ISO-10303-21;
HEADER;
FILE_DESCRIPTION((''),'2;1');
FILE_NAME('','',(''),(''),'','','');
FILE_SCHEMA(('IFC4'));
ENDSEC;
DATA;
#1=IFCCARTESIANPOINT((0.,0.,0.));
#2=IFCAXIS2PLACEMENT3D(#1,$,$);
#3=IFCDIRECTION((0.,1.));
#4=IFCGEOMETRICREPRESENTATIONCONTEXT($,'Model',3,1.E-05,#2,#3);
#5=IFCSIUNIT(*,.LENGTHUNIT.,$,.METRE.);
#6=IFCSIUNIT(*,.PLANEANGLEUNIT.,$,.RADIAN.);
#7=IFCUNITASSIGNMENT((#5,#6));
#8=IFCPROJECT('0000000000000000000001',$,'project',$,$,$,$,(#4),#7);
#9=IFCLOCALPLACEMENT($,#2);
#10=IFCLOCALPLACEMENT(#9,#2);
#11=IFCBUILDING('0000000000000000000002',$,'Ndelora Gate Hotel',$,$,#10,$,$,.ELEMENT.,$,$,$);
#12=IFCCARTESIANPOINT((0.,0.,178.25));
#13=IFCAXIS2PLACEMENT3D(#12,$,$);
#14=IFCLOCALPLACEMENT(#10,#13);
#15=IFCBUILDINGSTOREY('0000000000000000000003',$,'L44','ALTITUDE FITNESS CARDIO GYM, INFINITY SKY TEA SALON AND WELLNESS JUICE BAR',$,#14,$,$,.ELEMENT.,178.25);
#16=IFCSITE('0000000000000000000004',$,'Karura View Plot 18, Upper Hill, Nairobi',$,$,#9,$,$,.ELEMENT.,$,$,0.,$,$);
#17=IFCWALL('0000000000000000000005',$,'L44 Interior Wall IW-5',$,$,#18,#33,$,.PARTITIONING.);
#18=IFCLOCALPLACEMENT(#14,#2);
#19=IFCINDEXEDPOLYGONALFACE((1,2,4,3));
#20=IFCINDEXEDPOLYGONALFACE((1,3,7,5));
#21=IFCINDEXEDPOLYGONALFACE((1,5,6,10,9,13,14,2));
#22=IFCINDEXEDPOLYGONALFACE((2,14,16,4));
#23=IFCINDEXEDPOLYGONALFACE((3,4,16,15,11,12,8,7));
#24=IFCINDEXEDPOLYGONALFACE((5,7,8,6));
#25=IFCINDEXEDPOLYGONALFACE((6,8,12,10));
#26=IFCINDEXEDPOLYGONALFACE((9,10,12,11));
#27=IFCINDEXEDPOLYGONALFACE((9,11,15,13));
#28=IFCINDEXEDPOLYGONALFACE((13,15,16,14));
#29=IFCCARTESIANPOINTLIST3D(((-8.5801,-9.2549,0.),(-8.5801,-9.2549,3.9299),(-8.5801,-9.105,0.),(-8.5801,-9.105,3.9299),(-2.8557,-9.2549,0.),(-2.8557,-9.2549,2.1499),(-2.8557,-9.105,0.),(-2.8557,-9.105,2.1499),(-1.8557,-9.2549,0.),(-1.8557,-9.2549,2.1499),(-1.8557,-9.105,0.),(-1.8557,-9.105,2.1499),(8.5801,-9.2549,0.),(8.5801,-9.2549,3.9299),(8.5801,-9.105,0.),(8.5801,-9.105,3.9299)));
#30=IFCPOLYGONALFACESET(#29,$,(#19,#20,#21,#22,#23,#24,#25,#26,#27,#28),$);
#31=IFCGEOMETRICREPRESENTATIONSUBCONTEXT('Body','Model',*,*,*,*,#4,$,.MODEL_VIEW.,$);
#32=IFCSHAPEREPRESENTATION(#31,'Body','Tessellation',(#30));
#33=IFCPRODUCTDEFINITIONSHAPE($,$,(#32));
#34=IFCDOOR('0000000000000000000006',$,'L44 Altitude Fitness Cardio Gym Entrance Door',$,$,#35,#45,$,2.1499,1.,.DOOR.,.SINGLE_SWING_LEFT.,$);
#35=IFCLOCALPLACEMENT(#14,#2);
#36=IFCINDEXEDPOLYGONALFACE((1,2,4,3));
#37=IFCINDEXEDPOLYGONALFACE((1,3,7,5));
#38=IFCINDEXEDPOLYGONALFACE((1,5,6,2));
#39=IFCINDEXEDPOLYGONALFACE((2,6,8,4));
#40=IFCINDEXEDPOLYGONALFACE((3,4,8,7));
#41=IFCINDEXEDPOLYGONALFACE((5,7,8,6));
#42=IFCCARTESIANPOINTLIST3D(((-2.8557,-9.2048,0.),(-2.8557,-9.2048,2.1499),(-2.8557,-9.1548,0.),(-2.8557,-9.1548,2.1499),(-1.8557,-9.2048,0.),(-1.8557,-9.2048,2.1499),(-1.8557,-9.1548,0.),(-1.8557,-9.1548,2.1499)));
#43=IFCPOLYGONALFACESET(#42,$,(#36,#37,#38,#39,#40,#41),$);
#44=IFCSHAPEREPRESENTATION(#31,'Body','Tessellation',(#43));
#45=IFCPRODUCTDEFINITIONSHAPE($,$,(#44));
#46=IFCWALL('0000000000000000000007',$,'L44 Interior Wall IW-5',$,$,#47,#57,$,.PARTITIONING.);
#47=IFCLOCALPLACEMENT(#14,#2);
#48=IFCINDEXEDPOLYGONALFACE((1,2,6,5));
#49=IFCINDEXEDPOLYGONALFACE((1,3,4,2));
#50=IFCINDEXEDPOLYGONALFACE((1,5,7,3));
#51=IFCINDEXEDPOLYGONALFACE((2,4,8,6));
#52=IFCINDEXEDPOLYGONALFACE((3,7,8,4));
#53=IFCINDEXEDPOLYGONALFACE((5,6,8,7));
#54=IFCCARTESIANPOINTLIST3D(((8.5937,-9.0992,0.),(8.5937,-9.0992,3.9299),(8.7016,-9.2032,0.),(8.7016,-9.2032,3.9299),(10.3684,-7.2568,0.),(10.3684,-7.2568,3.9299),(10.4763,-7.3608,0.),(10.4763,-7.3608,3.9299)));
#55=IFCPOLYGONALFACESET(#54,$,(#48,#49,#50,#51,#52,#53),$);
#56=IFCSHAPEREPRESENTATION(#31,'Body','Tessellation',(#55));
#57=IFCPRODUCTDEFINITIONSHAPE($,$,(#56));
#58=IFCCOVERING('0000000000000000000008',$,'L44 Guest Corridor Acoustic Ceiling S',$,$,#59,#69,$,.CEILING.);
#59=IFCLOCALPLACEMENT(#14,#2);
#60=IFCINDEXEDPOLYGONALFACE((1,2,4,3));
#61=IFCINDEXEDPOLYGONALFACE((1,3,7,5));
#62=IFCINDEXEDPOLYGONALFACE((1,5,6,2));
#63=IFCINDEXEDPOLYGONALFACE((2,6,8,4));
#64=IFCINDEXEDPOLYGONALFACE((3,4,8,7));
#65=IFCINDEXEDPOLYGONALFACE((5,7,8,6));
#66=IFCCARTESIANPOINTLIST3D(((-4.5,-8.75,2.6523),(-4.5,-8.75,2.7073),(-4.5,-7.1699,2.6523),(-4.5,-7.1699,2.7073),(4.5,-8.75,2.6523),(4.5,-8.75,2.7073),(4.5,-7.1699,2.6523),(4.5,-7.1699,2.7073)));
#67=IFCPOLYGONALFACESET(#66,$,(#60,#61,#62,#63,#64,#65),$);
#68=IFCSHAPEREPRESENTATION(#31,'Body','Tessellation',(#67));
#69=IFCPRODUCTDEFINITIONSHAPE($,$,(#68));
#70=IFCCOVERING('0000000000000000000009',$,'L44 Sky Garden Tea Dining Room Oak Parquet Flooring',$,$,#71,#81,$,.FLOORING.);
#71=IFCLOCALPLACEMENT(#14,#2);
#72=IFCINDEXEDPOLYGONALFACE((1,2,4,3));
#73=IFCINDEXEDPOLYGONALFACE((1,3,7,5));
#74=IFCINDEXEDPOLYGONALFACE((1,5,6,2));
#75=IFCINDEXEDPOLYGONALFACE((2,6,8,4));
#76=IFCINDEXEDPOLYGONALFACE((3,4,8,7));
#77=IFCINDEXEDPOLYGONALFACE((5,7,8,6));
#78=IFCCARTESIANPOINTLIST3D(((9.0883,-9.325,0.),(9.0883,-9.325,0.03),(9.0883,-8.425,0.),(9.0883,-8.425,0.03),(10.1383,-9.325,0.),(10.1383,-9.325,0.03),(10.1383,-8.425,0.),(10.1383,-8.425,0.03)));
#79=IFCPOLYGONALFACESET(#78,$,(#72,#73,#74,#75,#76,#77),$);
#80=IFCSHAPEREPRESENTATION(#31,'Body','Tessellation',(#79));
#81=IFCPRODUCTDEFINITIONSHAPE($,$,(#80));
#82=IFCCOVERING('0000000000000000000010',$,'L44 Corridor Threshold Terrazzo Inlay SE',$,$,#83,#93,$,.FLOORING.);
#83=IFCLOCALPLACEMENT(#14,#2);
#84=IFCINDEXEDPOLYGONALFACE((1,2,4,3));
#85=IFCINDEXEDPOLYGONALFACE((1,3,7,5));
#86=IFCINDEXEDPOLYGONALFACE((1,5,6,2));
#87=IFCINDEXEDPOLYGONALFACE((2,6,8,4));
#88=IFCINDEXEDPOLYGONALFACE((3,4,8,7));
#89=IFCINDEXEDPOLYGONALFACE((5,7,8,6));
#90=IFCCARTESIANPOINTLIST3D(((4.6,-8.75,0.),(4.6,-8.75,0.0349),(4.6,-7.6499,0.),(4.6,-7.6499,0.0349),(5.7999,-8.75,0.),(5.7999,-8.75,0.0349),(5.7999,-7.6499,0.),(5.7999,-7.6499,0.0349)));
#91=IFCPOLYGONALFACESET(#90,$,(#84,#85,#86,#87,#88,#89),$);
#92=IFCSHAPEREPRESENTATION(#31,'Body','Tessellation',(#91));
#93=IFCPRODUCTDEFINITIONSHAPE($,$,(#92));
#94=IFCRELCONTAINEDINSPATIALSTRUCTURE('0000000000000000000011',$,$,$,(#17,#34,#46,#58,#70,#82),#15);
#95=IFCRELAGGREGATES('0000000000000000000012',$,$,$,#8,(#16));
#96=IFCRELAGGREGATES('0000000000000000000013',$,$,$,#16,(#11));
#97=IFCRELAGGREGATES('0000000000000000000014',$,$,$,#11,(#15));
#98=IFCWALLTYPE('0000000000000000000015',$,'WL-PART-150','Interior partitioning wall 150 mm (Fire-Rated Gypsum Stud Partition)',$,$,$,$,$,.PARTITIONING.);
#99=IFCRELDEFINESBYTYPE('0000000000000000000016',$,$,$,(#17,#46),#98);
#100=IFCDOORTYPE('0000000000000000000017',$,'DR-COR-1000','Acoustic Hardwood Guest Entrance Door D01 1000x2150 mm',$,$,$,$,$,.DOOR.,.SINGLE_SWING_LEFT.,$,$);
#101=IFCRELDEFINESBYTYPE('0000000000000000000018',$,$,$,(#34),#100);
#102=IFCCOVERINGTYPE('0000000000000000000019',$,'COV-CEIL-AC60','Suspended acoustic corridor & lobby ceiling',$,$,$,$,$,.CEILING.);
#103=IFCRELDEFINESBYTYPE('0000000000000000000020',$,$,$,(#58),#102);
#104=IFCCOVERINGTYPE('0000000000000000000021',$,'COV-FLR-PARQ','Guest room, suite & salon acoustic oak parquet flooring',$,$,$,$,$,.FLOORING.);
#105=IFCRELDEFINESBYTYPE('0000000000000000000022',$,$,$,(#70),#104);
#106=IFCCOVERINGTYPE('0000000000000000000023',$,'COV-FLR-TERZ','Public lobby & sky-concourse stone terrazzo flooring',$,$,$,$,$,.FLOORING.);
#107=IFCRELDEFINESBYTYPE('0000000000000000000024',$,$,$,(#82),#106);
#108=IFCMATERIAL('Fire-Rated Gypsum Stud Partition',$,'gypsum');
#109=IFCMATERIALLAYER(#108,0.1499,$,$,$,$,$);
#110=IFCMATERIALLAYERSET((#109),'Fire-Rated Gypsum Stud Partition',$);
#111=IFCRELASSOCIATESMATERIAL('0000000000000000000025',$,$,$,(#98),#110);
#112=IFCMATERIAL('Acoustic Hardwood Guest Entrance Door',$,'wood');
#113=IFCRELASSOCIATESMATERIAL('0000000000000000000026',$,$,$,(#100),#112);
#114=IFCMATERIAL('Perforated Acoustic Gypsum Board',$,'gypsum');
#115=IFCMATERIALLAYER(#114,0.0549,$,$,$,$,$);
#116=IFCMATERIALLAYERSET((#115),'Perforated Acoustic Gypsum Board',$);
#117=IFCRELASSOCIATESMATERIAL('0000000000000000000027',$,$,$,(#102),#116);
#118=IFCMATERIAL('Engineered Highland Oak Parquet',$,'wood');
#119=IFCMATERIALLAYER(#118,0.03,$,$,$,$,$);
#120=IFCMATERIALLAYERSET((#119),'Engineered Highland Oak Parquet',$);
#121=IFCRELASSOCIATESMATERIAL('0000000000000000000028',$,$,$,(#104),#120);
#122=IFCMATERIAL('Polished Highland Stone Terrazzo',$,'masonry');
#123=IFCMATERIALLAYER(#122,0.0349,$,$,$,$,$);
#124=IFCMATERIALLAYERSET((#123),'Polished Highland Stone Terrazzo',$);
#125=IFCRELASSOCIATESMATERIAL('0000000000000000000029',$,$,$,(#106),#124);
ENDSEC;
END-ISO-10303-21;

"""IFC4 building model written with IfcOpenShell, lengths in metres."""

from ifc_helpers import new_model, si_unit, direction, frame, frame_2d, origin, origin_2d, place, context, subcontext, project, spatial, rectangle, extrude, material, layer, layer_set, type_object, element, fill, save


model = new_model("IFC4")

# Units and contexts
model_context = context("Model", 3, precision=1e-05, world=origin(), true_north=direction((0.0, 1.0)))
body_context = subcontext(model_context, "Body", "Model", "MODEL_VIEW")
ifc_project = project(units=[si_unit("LENGTHUNIT", "METRE"), si_unit("PLANEANGLEUNIT", "RADIAN")], contexts=[model_context])

# Site, building, storey
site_placement = place(None, origin())
site = spatial("IfcSite", under=ifc_project, at=site_placement, Name="Karura View Plot 18, Upper Hill, Nairobi", CompositionType="ELEMENT", RefElevation=0.0)
building_placement = place(site_placement, origin())
building = spatial("IfcBuilding", under=site, at=building_placement, Name="Ndelora Gate Hotel", CompositionType="ELEMENT")
storey_placement = place(building_placement, frame((0.0, 0.0, 178.25)))
storey = spatial("IfcBuildingStorey", under=building, at=storey_placement, Name="L44", Description="ALTITUDE FITNESS CARDIO GYM, INFINITY SKY TEA SALON AND WELLNESS JUICE BAR", CompositionType="ELEMENT", Elevation=178.25)

# Wall, opening, door
ifc_material_1 = material(Name="Fire-Rated Gypsum Stud Partition", Category="gypsum")
ifc_layer_1 = layer(ifc_material_1, 0.1499)
ifc_layer_set_1 = layer_set([ifc_layer_1], Name="Fire-Rated Gypsum Stud Partition")
wall_type_1 = type_object("IfcWallType", Name="WL-PART-150", Description="Interior partitioning wall 150 mm (Fire-Rated Gypsum Stud Partition)", PredefinedType="PARTITIONING", material=ifc_layer_set_1)
wall_1_placement = place(storey_placement, frame((8.5801, -9.1799, 0.0), z_axis=(0.0, 0.0, 1.0), x_axis=(-1.0, 0.0, 0.0)))
wall_1 = element("IfcWall", 1, at=wall_1_placement, inside=storey, type_object=wall_type_1, Name="L44 Interior Wall IW-5", PredefinedType="PARTITIONING", context=body_context, shape_type="SweptSolid", body=[
    extrude(rectangle(XDim=17.1602, YDim=0.1499, at=frame_2d((8.5801, 0.0))), origin(), (0.0, 0.0, 1.0), 3.9299),
])
opening_placement = place(wall_1_placement, frame((10.4358, 0.0, 0.0)))
opening = element("IfcOpeningElement", 2, at=opening_placement, cuts=wall_1, PredefinedType="OPENING", context=body_context, shape_type="SweptSolid", body=[
    extrude(rectangle(XDim=1.0, YDim=2.1499, at=frame_2d((0.5, 1.075))), frame((0.0, 0.085, 0.0), z_axis=(0.0, -1.0, 0.0), x_axis=(1.0, 0.0, 0.0)), (0.0, 0.0, 1.0), 0.1699),
])
ifc_material_2 = material(Name="Acoustic Hardwood Guest Entrance Door", Category="wood")
door_type = type_object("IfcDoorType", Name="DR-COR-1000", Description="Acoustic Hardwood Guest Entrance Door D01 1000x2150 mm", OperationType="SINGLE_SWING_LEFT", PredefinedType="DOOR", material=ifc_material_2)
door_placement = place(opening_placement, origin())
door = element("IfcDoor", 3, at=door_placement, inside=storey, type_object=door_type, Name="L44 Altitude Fitness Cardio Gym Entrance Door", OperationType="SINGLE_SWING_LEFT", OverallHeight=2.1499, OverallWidth=1.0, PredefinedType="DOOR", context=body_context, shape_type="SweptSolid", body=[
    extrude(rectangle(XDim=1.0, YDim=2.1499, at=frame_2d((0.5, 1.075))), frame((0.0, 0.0249, 0.0), z_axis=(0.0, -1.0, 0.0), x_axis=(1.0, 0.0, 0.0)), (0.0, 0.0, 1.0), 0.05),
])
fill(opening, door)

# Wall
wall_2_placement = place(storey_placement, frame((10.4224, -7.3088, 0.0), z_axis=(0.0, 0.0, 1.0), x_axis=(-0.693765, -0.720202, 0.0)))
element("IfcWall", 4, at=wall_2_placement, inside=storey, type_object=wall_type_1, Name="L44 Interior Wall IW-5", PredefinedType="PARTITIONING", context=body_context, shape_type="SweptSolid", body=[
    extrude(rectangle(XDim=2.5581, YDim=0.1499, at=frame_2d((1.2791, 0.0))), origin(), (0.0, 0.0, 1.0), 3.9299),
])

# Coverings
ifc_material_3 = material(Name="Perforated Acoustic Gypsum Board", Category="gypsum")
ifc_layer_2 = layer(ifc_material_3, 0.0549)
ifc_layer_set_2 = layer_set([ifc_layer_2], Name="Perforated Acoustic Gypsum Board")
covering_type_1 = type_object("IfcCoveringType", Name="COV-CEIL-AC60", Description="Suspended acoustic corridor & lobby ceiling", PredefinedType="CEILING", material=ifc_layer_set_2)
covering_1_placement = place(storey_placement, frame((0.0, -7.96, 2.6523), z_axis=(0.0, 0.0, 1.0), x_axis=(1.0, 0.0, 0.0)))
element("IfcCovering", 5, at=covering_1_placement, inside=storey, type_object=covering_type_1, Name="L44 Guest Corridor Acoustic Ceiling S", PredefinedType="CEILING", context=body_context, shape_type="SweptSolid", body=[
    extrude(rectangle(XDim=9.0, YDim=1.5801, at=origin_2d()), origin(), (0.0, 0.0, 1.0), 0.0549),
])
ifc_material_4 = material(Name="Engineered Highland Oak Parquet", Category="wood")
ifc_layer_3 = layer(ifc_material_4, 0.03)
ifc_layer_set_3 = layer_set([ifc_layer_3], Name="Engineered Highland Oak Parquet")
covering_type_2 = type_object("IfcCoveringType", Name="COV-FLR-PARQ", Description="Guest room, suite & salon acoustic oak parquet flooring", PredefinedType="FLOORING", material=ifc_layer_set_3)
covering_2_placement = place(storey_placement, frame((9.6133, -8.875, 0.0), z_axis=(0.0, 0.0, 1.0), x_axis=(1.0, 0.0, 0.0)))
element("IfcCovering", 6, at=covering_2_placement, inside=storey, type_object=covering_type_2, Name="L44 Sky Garden Tea Dining Room Oak Parquet Flooring", PredefinedType="FLOORING", context=body_context, shape_type="SweptSolid", body=[
    extrude(rectangle(XDim=1.05, YDim=0.8999, at=origin_2d()), origin(), (0.0, 0.0, 1.0), 0.03),
])
ifc_material_5 = material(Name="Polished Highland Stone Terrazzo", Category="masonry")
ifc_layer_4 = layer(ifc_material_5, 0.0349)
ifc_layer_set_4 = layer_set([ifc_layer_4], Name="Polished Highland Stone Terrazzo")
covering_type_3 = type_object("IfcCoveringType", Name="COV-FLR-TERZ", Description="Public lobby & sky-concourse stone terrazzo flooring", PredefinedType="FLOORING", material=ifc_layer_set_4)
covering_3_placement = place(storey_placement, frame((5.2, -8.2, 0.0), z_axis=(0.0, 0.0, 1.0), x_axis=(1.0, 0.0, 0.0)))
element("IfcCovering", 7, at=covering_3_placement, inside=storey, type_object=covering_type_3, Name="L44 Corridor Threshold Terrazzo Inlay SE", PredefinedType="FLOORING", context=body_context, shape_type="SweptSolid", body=[
    extrude(rectangle(XDim=1.2, YDim=1.1001, at=origin_2d()), origin(), (0.0, 0.0, 1.0), 0.0349),
])

save(model, "model.ifc")
